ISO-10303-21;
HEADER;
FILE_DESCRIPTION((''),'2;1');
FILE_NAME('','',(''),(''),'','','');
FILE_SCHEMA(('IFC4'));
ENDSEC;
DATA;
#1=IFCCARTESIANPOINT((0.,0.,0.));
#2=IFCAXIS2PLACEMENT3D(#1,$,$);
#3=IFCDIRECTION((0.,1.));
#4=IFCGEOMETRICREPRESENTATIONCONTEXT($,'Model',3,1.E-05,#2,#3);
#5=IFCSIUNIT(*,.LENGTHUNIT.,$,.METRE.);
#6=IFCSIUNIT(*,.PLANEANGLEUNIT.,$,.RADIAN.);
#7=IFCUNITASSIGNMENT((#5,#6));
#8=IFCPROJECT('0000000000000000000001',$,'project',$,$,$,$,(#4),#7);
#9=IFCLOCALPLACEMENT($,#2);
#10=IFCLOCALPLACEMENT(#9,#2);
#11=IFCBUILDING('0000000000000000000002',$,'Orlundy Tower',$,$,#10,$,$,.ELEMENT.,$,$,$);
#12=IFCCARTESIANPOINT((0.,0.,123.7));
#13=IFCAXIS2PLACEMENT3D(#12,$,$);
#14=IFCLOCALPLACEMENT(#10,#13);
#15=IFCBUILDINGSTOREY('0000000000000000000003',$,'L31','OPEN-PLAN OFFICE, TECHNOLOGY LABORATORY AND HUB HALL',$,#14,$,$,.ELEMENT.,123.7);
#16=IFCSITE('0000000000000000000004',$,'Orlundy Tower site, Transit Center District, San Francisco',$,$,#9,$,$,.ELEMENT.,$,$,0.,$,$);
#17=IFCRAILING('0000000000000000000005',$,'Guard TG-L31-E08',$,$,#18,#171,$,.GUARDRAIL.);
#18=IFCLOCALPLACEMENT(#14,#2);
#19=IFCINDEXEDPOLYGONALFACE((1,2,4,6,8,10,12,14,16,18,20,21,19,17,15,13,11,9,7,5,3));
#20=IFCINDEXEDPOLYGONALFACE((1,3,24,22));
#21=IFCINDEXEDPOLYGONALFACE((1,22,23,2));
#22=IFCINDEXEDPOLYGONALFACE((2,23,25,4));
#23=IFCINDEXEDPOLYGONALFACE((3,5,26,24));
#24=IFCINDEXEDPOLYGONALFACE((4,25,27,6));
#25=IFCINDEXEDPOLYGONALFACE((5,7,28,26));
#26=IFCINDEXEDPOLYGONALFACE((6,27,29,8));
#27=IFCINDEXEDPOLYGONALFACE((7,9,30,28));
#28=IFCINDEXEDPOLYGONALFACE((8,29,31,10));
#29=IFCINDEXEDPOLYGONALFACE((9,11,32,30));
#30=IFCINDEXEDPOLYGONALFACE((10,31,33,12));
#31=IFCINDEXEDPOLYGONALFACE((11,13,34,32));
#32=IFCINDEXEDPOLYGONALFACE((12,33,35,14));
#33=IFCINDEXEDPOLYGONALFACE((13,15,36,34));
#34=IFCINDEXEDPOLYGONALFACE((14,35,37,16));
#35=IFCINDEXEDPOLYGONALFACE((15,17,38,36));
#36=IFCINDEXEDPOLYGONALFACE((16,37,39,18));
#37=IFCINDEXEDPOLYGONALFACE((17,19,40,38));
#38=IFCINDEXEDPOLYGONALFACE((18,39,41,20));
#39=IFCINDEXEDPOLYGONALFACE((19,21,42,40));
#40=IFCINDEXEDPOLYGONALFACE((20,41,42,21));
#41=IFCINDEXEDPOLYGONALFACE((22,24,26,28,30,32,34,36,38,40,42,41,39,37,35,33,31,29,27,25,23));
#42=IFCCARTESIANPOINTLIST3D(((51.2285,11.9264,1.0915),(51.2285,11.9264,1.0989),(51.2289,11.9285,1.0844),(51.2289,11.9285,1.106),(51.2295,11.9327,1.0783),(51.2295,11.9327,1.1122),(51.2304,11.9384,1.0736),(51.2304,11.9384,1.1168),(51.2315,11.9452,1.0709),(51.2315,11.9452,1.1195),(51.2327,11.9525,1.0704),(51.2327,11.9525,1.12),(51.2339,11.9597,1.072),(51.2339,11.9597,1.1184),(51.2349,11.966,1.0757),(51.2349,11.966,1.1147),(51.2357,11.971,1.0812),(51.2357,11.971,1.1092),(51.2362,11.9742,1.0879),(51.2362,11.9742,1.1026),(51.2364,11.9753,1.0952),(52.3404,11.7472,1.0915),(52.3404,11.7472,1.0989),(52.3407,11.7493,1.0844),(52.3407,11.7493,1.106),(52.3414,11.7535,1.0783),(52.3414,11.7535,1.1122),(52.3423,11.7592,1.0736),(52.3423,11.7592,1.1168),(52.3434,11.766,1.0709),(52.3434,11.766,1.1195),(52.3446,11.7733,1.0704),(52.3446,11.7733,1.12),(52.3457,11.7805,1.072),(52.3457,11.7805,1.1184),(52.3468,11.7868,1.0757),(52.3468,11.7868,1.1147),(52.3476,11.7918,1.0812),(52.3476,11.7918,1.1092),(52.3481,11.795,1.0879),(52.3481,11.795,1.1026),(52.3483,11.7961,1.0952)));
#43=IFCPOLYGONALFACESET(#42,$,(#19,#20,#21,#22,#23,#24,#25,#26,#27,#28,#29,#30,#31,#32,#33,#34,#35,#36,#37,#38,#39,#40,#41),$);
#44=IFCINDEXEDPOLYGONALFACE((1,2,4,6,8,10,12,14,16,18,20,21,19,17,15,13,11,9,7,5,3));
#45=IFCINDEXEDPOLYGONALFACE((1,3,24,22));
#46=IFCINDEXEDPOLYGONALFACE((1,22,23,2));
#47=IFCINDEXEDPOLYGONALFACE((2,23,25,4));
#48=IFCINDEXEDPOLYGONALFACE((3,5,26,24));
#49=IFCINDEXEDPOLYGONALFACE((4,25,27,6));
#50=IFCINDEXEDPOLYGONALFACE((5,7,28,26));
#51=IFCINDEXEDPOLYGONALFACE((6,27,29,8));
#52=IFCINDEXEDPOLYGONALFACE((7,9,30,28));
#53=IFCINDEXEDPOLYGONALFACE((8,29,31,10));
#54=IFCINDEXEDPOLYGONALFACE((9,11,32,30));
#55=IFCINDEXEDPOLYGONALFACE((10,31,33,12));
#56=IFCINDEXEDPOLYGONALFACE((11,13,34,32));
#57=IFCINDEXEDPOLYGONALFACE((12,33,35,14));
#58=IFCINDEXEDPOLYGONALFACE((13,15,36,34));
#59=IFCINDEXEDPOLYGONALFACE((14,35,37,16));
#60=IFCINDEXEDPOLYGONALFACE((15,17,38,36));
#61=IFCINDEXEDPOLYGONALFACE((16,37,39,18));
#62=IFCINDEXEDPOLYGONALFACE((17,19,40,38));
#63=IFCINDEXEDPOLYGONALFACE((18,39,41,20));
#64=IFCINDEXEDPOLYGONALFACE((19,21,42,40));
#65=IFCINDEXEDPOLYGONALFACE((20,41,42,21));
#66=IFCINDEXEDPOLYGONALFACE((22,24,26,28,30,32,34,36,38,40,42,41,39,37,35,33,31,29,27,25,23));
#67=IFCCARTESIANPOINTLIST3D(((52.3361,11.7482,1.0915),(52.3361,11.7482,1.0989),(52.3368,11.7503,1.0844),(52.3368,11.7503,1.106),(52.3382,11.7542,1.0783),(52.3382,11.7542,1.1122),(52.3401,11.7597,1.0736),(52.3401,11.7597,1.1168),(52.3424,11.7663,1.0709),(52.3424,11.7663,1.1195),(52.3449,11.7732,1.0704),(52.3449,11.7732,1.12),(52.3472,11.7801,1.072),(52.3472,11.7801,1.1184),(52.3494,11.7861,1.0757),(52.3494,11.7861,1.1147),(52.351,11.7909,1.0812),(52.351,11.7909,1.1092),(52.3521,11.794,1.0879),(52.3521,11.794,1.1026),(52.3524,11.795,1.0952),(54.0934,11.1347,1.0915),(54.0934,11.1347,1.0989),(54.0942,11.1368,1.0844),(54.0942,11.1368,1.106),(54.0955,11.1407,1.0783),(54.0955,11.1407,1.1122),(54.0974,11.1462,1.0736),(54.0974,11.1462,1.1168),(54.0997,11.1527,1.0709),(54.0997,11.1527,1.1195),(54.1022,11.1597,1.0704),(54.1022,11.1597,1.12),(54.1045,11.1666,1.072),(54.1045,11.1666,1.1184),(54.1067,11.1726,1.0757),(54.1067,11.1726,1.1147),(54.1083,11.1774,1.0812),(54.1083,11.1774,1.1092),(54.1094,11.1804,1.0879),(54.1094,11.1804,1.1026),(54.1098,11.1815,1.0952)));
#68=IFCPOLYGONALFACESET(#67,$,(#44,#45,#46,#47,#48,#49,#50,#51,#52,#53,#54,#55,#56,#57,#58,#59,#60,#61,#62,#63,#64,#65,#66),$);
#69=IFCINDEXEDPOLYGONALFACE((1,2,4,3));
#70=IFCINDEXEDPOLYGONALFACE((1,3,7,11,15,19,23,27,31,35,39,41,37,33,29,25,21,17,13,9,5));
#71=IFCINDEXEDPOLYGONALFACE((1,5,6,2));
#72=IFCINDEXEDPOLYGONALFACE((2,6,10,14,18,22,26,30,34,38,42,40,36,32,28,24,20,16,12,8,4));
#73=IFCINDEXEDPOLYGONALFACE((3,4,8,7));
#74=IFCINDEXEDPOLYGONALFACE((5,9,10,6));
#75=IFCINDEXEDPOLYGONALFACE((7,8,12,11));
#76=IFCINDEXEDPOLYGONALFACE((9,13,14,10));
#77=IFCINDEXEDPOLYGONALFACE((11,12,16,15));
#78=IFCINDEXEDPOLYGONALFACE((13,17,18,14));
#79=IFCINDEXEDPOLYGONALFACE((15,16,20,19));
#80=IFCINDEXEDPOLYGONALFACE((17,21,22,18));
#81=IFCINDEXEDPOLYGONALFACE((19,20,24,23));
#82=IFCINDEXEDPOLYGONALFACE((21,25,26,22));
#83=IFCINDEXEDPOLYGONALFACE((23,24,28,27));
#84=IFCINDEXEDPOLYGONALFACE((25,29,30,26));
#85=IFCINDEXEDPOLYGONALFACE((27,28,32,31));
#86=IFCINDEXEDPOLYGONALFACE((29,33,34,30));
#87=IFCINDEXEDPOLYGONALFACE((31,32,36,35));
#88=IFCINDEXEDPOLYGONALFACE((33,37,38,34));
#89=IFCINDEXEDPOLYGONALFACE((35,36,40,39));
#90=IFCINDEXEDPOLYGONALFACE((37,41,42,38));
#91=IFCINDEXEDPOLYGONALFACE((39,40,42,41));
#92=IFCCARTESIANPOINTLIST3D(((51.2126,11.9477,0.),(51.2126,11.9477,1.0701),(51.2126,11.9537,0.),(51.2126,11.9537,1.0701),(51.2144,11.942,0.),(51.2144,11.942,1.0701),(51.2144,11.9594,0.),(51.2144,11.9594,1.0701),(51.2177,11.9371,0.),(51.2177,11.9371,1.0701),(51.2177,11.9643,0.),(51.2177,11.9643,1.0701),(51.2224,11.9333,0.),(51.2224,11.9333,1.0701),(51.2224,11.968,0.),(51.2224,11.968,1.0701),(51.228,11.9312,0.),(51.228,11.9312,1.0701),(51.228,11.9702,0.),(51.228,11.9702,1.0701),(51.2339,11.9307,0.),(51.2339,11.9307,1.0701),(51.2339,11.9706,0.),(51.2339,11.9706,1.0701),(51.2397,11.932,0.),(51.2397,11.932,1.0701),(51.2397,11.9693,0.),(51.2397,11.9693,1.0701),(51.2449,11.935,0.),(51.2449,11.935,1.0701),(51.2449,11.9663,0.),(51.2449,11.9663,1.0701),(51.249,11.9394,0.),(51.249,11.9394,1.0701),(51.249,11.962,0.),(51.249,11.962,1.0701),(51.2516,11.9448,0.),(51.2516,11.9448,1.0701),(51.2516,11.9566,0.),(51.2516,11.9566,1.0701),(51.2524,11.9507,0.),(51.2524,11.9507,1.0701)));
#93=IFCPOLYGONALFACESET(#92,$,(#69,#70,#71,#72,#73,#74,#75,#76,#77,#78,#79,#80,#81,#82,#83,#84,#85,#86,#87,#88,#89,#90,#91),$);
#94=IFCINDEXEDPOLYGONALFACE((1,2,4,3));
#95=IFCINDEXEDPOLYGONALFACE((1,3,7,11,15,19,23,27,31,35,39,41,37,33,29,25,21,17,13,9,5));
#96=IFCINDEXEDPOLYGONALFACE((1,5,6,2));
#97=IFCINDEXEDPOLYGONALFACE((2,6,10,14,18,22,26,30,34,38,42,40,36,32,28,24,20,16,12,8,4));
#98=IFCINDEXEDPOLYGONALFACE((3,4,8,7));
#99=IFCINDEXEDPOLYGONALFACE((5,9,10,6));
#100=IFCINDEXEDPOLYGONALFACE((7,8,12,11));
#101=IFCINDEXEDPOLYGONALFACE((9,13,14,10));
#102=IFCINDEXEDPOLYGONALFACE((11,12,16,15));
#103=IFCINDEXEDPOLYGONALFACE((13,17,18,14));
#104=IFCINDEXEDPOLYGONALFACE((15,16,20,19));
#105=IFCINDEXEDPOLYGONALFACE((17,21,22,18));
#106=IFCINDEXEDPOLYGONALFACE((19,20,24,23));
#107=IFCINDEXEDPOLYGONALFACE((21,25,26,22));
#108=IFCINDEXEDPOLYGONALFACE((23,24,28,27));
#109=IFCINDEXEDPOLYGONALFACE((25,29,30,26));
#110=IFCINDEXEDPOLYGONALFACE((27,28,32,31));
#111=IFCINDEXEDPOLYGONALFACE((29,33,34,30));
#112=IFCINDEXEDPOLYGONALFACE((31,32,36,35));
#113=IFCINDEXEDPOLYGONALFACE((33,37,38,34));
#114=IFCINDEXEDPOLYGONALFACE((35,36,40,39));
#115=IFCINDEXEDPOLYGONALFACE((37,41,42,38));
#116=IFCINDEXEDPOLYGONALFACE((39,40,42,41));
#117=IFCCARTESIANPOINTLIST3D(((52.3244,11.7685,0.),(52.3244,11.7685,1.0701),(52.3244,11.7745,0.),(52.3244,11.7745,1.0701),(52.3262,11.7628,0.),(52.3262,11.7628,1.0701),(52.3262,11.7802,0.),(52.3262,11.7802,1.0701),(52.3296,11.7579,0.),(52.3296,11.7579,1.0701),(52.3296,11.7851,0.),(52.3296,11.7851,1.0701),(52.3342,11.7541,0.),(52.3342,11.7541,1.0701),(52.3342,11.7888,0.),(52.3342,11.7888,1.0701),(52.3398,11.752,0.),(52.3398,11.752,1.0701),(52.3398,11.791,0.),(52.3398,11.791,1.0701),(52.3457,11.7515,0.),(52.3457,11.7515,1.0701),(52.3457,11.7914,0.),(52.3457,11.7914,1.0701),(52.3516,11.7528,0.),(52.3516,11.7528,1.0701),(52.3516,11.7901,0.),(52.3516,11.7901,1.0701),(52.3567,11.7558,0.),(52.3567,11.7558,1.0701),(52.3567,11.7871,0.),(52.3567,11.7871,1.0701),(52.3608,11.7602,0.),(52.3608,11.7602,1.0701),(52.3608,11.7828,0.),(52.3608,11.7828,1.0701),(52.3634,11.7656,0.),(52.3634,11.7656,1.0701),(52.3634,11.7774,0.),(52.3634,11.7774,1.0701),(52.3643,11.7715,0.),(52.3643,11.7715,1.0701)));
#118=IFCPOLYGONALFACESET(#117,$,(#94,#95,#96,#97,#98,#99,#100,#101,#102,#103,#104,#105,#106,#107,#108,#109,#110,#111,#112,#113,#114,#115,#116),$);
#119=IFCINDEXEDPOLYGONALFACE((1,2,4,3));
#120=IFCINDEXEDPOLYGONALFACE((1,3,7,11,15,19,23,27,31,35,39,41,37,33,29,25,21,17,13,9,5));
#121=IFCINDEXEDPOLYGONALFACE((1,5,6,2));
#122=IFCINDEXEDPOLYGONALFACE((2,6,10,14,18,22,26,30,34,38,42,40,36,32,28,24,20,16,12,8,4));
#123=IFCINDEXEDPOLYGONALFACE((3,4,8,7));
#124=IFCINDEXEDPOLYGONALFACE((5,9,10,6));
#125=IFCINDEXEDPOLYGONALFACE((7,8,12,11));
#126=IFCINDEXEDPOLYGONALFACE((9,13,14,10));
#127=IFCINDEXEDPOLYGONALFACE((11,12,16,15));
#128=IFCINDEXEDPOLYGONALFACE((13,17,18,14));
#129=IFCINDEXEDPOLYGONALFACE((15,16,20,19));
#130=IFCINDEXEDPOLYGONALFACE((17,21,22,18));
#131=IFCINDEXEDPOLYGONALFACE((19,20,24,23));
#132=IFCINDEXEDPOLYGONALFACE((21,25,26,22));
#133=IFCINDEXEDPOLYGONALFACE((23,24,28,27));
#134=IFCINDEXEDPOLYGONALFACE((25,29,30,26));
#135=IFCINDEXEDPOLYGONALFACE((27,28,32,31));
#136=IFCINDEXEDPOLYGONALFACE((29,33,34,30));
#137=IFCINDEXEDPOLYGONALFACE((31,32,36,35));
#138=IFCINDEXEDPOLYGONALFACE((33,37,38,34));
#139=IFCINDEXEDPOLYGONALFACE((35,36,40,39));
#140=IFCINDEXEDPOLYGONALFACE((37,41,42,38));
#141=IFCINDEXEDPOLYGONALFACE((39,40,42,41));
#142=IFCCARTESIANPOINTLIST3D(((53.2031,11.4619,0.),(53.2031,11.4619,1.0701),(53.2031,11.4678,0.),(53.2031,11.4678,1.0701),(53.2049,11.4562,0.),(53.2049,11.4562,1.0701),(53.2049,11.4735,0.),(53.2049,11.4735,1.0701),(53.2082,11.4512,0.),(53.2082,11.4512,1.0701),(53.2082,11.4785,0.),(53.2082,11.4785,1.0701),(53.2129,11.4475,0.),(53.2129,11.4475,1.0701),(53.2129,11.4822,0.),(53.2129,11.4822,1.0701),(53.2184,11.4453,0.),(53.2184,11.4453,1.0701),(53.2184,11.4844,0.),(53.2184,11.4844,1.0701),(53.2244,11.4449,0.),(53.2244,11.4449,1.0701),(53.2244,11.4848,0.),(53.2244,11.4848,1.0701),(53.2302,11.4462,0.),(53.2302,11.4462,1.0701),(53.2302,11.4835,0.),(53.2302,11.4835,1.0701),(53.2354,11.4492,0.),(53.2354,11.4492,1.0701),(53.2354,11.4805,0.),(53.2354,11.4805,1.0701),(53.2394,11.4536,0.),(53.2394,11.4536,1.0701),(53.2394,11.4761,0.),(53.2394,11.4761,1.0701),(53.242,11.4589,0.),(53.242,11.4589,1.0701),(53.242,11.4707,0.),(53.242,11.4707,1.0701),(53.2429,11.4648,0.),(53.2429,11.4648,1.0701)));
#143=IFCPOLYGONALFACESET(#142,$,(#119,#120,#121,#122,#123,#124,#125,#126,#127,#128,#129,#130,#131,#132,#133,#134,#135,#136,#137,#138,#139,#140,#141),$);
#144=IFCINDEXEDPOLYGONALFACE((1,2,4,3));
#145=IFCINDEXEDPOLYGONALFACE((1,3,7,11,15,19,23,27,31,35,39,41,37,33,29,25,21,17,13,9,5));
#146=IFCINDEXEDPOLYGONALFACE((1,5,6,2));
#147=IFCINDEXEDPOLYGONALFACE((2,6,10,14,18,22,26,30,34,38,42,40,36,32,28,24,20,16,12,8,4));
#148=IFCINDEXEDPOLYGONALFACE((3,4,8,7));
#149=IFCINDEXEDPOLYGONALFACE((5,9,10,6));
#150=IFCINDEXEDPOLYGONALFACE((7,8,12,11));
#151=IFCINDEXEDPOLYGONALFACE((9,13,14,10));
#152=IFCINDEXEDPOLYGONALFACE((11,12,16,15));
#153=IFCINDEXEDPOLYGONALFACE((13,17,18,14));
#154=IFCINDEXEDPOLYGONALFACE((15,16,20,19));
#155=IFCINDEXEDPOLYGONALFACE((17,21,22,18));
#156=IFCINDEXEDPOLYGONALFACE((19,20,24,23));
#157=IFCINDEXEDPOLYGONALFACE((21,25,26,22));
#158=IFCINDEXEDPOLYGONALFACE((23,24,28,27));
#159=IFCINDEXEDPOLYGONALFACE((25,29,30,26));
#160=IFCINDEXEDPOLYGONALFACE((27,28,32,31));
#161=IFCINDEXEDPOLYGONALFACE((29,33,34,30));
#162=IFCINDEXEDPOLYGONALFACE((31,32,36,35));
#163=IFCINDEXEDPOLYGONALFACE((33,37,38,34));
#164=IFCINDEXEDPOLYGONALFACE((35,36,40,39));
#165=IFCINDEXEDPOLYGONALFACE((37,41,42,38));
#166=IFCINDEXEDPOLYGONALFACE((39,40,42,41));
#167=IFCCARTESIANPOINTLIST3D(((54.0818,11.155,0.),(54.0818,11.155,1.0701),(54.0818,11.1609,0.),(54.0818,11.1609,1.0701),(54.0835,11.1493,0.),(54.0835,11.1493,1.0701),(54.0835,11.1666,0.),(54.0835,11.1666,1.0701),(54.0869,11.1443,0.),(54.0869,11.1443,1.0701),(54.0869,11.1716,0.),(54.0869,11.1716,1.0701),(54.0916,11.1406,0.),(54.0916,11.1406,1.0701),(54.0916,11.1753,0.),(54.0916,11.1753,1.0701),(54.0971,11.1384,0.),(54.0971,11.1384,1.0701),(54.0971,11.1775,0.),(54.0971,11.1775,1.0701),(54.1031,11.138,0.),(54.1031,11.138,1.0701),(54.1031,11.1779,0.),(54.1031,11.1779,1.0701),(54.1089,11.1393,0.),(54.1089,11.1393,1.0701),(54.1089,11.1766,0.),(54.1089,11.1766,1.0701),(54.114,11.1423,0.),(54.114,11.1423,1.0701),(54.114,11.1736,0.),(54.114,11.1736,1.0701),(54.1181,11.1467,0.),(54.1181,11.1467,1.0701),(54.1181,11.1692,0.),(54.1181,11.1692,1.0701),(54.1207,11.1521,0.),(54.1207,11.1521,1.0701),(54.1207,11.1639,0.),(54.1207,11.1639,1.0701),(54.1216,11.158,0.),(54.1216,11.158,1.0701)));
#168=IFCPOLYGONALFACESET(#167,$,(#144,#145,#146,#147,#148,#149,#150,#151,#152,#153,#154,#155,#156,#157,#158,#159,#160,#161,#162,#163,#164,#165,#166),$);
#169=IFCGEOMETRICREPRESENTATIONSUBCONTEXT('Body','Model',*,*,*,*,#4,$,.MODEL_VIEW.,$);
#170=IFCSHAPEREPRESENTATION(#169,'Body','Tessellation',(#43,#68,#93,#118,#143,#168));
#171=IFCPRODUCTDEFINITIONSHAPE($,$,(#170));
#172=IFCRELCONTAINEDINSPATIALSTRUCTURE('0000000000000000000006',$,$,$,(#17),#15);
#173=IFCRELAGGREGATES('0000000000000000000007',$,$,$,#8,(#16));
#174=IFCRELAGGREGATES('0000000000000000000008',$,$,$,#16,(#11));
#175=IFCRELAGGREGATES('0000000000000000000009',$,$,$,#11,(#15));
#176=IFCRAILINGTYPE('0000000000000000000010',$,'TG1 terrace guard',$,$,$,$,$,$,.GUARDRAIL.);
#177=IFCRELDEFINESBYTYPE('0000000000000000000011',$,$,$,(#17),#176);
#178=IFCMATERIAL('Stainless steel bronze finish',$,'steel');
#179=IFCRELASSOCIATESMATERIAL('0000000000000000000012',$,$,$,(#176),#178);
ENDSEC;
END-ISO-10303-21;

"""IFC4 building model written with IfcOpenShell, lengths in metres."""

from ifc_helpers import new_model, si_unit, direction, frame, origin, origin_2d, place, context, subcontext, project, spatial, circle, extrude, material, type_object, element, save


model = new_model("IFC4")

# Units and contexts
model_context = context("Model", 3, precision=1e-05, world=origin(), true_north=direction((0.0, 1.0)))
body_context = subcontext(model_context, "Body", "Model", "MODEL_VIEW")
ifc_project = project(units=[si_unit("LENGTHUNIT", "METRE"), si_unit("PLANEANGLEUNIT", "RADIAN")], contexts=[model_context])

# Site, building, storey
site_placement = place(None, origin())
site = spatial("IfcSite", under=ifc_project, at=site_placement, Name="Orlundy Tower site, Transit Center District, San Francisco", CompositionType="ELEMENT", RefElevation=0.0)
building_placement = place(site_placement, origin())
building = spatial("IfcBuilding", under=site, at=building_placement, Name="Orlundy Tower", CompositionType="ELEMENT")
storey_placement = place(building_placement, frame((0.0, 0.0, 123.7)))
storey = spatial("IfcBuildingStorey", under=building, at=storey_placement, Name="L31", Description="OPEN-PLAN OFFICE, TECHNOLOGY LABORATORY AND HUB HALL", CompositionType="ELEMENT", Elevation=123.7)

# Railing
ifc_material_1 = material(Name="Stainless steel bronze finish", Category="steel")
railing_type = type_object("IfcRailingType", Name="TG1 terrace guard", PredefinedType="GUARDRAIL", material=ifc_material_1)
railing_1_placement = place(storey_placement, frame((51.2324, 11.9507, 0.0)))
element("IfcRailing", 1, at=railing_1_placement, inside=storey, type_object=railing_type, Name="Guard TG-L31-E08", PredefinedType="GUARDRAIL", context=body_context, shape_type="SweptSolid", body=[
    extrude(circle(Radius=0.0249, at=origin_2d()), frame((0.0, 0.0, 1.0952), z_axis=(0.987259, -0.159123, 0.0), x_axis=(0.159123, 0.987259, 0.0)), (0.0, 0.0, 1.0), 1.1262),
    extrude(circle(Radius=0.0249, at=origin_2d()), frame((1.1118, -0.1792, 1.0952), z_axis=(0.944116, -0.329614, 0.0), x_axis=(0.329614, 0.944116, 0.0)), (0.0, 0.0, 1.0), 1.8613),
    extrude(circle(Radius=0.02, at=origin_2d()), origin(), (0.0, 0.0, 1.0), 1.0701),
    extrude(circle(Radius=0.02, at=origin_2d()), frame((1.1118, -0.1792, 0.0)), (0.0, 0.0, 1.0), 1.0701),
    extrude(circle(Radius=0.02, at=origin_2d()), frame((1.9905, -0.4858, 0.0)), (0.0, 0.0, 1.0), 1.0701),
    extrude(circle(Radius=0.02, at=origin_2d()), frame((2.8691, -0.7927, 0.0)), (0.0, 0.0, 1.0), 1.0701),
])

save(model, "model.ifc")
